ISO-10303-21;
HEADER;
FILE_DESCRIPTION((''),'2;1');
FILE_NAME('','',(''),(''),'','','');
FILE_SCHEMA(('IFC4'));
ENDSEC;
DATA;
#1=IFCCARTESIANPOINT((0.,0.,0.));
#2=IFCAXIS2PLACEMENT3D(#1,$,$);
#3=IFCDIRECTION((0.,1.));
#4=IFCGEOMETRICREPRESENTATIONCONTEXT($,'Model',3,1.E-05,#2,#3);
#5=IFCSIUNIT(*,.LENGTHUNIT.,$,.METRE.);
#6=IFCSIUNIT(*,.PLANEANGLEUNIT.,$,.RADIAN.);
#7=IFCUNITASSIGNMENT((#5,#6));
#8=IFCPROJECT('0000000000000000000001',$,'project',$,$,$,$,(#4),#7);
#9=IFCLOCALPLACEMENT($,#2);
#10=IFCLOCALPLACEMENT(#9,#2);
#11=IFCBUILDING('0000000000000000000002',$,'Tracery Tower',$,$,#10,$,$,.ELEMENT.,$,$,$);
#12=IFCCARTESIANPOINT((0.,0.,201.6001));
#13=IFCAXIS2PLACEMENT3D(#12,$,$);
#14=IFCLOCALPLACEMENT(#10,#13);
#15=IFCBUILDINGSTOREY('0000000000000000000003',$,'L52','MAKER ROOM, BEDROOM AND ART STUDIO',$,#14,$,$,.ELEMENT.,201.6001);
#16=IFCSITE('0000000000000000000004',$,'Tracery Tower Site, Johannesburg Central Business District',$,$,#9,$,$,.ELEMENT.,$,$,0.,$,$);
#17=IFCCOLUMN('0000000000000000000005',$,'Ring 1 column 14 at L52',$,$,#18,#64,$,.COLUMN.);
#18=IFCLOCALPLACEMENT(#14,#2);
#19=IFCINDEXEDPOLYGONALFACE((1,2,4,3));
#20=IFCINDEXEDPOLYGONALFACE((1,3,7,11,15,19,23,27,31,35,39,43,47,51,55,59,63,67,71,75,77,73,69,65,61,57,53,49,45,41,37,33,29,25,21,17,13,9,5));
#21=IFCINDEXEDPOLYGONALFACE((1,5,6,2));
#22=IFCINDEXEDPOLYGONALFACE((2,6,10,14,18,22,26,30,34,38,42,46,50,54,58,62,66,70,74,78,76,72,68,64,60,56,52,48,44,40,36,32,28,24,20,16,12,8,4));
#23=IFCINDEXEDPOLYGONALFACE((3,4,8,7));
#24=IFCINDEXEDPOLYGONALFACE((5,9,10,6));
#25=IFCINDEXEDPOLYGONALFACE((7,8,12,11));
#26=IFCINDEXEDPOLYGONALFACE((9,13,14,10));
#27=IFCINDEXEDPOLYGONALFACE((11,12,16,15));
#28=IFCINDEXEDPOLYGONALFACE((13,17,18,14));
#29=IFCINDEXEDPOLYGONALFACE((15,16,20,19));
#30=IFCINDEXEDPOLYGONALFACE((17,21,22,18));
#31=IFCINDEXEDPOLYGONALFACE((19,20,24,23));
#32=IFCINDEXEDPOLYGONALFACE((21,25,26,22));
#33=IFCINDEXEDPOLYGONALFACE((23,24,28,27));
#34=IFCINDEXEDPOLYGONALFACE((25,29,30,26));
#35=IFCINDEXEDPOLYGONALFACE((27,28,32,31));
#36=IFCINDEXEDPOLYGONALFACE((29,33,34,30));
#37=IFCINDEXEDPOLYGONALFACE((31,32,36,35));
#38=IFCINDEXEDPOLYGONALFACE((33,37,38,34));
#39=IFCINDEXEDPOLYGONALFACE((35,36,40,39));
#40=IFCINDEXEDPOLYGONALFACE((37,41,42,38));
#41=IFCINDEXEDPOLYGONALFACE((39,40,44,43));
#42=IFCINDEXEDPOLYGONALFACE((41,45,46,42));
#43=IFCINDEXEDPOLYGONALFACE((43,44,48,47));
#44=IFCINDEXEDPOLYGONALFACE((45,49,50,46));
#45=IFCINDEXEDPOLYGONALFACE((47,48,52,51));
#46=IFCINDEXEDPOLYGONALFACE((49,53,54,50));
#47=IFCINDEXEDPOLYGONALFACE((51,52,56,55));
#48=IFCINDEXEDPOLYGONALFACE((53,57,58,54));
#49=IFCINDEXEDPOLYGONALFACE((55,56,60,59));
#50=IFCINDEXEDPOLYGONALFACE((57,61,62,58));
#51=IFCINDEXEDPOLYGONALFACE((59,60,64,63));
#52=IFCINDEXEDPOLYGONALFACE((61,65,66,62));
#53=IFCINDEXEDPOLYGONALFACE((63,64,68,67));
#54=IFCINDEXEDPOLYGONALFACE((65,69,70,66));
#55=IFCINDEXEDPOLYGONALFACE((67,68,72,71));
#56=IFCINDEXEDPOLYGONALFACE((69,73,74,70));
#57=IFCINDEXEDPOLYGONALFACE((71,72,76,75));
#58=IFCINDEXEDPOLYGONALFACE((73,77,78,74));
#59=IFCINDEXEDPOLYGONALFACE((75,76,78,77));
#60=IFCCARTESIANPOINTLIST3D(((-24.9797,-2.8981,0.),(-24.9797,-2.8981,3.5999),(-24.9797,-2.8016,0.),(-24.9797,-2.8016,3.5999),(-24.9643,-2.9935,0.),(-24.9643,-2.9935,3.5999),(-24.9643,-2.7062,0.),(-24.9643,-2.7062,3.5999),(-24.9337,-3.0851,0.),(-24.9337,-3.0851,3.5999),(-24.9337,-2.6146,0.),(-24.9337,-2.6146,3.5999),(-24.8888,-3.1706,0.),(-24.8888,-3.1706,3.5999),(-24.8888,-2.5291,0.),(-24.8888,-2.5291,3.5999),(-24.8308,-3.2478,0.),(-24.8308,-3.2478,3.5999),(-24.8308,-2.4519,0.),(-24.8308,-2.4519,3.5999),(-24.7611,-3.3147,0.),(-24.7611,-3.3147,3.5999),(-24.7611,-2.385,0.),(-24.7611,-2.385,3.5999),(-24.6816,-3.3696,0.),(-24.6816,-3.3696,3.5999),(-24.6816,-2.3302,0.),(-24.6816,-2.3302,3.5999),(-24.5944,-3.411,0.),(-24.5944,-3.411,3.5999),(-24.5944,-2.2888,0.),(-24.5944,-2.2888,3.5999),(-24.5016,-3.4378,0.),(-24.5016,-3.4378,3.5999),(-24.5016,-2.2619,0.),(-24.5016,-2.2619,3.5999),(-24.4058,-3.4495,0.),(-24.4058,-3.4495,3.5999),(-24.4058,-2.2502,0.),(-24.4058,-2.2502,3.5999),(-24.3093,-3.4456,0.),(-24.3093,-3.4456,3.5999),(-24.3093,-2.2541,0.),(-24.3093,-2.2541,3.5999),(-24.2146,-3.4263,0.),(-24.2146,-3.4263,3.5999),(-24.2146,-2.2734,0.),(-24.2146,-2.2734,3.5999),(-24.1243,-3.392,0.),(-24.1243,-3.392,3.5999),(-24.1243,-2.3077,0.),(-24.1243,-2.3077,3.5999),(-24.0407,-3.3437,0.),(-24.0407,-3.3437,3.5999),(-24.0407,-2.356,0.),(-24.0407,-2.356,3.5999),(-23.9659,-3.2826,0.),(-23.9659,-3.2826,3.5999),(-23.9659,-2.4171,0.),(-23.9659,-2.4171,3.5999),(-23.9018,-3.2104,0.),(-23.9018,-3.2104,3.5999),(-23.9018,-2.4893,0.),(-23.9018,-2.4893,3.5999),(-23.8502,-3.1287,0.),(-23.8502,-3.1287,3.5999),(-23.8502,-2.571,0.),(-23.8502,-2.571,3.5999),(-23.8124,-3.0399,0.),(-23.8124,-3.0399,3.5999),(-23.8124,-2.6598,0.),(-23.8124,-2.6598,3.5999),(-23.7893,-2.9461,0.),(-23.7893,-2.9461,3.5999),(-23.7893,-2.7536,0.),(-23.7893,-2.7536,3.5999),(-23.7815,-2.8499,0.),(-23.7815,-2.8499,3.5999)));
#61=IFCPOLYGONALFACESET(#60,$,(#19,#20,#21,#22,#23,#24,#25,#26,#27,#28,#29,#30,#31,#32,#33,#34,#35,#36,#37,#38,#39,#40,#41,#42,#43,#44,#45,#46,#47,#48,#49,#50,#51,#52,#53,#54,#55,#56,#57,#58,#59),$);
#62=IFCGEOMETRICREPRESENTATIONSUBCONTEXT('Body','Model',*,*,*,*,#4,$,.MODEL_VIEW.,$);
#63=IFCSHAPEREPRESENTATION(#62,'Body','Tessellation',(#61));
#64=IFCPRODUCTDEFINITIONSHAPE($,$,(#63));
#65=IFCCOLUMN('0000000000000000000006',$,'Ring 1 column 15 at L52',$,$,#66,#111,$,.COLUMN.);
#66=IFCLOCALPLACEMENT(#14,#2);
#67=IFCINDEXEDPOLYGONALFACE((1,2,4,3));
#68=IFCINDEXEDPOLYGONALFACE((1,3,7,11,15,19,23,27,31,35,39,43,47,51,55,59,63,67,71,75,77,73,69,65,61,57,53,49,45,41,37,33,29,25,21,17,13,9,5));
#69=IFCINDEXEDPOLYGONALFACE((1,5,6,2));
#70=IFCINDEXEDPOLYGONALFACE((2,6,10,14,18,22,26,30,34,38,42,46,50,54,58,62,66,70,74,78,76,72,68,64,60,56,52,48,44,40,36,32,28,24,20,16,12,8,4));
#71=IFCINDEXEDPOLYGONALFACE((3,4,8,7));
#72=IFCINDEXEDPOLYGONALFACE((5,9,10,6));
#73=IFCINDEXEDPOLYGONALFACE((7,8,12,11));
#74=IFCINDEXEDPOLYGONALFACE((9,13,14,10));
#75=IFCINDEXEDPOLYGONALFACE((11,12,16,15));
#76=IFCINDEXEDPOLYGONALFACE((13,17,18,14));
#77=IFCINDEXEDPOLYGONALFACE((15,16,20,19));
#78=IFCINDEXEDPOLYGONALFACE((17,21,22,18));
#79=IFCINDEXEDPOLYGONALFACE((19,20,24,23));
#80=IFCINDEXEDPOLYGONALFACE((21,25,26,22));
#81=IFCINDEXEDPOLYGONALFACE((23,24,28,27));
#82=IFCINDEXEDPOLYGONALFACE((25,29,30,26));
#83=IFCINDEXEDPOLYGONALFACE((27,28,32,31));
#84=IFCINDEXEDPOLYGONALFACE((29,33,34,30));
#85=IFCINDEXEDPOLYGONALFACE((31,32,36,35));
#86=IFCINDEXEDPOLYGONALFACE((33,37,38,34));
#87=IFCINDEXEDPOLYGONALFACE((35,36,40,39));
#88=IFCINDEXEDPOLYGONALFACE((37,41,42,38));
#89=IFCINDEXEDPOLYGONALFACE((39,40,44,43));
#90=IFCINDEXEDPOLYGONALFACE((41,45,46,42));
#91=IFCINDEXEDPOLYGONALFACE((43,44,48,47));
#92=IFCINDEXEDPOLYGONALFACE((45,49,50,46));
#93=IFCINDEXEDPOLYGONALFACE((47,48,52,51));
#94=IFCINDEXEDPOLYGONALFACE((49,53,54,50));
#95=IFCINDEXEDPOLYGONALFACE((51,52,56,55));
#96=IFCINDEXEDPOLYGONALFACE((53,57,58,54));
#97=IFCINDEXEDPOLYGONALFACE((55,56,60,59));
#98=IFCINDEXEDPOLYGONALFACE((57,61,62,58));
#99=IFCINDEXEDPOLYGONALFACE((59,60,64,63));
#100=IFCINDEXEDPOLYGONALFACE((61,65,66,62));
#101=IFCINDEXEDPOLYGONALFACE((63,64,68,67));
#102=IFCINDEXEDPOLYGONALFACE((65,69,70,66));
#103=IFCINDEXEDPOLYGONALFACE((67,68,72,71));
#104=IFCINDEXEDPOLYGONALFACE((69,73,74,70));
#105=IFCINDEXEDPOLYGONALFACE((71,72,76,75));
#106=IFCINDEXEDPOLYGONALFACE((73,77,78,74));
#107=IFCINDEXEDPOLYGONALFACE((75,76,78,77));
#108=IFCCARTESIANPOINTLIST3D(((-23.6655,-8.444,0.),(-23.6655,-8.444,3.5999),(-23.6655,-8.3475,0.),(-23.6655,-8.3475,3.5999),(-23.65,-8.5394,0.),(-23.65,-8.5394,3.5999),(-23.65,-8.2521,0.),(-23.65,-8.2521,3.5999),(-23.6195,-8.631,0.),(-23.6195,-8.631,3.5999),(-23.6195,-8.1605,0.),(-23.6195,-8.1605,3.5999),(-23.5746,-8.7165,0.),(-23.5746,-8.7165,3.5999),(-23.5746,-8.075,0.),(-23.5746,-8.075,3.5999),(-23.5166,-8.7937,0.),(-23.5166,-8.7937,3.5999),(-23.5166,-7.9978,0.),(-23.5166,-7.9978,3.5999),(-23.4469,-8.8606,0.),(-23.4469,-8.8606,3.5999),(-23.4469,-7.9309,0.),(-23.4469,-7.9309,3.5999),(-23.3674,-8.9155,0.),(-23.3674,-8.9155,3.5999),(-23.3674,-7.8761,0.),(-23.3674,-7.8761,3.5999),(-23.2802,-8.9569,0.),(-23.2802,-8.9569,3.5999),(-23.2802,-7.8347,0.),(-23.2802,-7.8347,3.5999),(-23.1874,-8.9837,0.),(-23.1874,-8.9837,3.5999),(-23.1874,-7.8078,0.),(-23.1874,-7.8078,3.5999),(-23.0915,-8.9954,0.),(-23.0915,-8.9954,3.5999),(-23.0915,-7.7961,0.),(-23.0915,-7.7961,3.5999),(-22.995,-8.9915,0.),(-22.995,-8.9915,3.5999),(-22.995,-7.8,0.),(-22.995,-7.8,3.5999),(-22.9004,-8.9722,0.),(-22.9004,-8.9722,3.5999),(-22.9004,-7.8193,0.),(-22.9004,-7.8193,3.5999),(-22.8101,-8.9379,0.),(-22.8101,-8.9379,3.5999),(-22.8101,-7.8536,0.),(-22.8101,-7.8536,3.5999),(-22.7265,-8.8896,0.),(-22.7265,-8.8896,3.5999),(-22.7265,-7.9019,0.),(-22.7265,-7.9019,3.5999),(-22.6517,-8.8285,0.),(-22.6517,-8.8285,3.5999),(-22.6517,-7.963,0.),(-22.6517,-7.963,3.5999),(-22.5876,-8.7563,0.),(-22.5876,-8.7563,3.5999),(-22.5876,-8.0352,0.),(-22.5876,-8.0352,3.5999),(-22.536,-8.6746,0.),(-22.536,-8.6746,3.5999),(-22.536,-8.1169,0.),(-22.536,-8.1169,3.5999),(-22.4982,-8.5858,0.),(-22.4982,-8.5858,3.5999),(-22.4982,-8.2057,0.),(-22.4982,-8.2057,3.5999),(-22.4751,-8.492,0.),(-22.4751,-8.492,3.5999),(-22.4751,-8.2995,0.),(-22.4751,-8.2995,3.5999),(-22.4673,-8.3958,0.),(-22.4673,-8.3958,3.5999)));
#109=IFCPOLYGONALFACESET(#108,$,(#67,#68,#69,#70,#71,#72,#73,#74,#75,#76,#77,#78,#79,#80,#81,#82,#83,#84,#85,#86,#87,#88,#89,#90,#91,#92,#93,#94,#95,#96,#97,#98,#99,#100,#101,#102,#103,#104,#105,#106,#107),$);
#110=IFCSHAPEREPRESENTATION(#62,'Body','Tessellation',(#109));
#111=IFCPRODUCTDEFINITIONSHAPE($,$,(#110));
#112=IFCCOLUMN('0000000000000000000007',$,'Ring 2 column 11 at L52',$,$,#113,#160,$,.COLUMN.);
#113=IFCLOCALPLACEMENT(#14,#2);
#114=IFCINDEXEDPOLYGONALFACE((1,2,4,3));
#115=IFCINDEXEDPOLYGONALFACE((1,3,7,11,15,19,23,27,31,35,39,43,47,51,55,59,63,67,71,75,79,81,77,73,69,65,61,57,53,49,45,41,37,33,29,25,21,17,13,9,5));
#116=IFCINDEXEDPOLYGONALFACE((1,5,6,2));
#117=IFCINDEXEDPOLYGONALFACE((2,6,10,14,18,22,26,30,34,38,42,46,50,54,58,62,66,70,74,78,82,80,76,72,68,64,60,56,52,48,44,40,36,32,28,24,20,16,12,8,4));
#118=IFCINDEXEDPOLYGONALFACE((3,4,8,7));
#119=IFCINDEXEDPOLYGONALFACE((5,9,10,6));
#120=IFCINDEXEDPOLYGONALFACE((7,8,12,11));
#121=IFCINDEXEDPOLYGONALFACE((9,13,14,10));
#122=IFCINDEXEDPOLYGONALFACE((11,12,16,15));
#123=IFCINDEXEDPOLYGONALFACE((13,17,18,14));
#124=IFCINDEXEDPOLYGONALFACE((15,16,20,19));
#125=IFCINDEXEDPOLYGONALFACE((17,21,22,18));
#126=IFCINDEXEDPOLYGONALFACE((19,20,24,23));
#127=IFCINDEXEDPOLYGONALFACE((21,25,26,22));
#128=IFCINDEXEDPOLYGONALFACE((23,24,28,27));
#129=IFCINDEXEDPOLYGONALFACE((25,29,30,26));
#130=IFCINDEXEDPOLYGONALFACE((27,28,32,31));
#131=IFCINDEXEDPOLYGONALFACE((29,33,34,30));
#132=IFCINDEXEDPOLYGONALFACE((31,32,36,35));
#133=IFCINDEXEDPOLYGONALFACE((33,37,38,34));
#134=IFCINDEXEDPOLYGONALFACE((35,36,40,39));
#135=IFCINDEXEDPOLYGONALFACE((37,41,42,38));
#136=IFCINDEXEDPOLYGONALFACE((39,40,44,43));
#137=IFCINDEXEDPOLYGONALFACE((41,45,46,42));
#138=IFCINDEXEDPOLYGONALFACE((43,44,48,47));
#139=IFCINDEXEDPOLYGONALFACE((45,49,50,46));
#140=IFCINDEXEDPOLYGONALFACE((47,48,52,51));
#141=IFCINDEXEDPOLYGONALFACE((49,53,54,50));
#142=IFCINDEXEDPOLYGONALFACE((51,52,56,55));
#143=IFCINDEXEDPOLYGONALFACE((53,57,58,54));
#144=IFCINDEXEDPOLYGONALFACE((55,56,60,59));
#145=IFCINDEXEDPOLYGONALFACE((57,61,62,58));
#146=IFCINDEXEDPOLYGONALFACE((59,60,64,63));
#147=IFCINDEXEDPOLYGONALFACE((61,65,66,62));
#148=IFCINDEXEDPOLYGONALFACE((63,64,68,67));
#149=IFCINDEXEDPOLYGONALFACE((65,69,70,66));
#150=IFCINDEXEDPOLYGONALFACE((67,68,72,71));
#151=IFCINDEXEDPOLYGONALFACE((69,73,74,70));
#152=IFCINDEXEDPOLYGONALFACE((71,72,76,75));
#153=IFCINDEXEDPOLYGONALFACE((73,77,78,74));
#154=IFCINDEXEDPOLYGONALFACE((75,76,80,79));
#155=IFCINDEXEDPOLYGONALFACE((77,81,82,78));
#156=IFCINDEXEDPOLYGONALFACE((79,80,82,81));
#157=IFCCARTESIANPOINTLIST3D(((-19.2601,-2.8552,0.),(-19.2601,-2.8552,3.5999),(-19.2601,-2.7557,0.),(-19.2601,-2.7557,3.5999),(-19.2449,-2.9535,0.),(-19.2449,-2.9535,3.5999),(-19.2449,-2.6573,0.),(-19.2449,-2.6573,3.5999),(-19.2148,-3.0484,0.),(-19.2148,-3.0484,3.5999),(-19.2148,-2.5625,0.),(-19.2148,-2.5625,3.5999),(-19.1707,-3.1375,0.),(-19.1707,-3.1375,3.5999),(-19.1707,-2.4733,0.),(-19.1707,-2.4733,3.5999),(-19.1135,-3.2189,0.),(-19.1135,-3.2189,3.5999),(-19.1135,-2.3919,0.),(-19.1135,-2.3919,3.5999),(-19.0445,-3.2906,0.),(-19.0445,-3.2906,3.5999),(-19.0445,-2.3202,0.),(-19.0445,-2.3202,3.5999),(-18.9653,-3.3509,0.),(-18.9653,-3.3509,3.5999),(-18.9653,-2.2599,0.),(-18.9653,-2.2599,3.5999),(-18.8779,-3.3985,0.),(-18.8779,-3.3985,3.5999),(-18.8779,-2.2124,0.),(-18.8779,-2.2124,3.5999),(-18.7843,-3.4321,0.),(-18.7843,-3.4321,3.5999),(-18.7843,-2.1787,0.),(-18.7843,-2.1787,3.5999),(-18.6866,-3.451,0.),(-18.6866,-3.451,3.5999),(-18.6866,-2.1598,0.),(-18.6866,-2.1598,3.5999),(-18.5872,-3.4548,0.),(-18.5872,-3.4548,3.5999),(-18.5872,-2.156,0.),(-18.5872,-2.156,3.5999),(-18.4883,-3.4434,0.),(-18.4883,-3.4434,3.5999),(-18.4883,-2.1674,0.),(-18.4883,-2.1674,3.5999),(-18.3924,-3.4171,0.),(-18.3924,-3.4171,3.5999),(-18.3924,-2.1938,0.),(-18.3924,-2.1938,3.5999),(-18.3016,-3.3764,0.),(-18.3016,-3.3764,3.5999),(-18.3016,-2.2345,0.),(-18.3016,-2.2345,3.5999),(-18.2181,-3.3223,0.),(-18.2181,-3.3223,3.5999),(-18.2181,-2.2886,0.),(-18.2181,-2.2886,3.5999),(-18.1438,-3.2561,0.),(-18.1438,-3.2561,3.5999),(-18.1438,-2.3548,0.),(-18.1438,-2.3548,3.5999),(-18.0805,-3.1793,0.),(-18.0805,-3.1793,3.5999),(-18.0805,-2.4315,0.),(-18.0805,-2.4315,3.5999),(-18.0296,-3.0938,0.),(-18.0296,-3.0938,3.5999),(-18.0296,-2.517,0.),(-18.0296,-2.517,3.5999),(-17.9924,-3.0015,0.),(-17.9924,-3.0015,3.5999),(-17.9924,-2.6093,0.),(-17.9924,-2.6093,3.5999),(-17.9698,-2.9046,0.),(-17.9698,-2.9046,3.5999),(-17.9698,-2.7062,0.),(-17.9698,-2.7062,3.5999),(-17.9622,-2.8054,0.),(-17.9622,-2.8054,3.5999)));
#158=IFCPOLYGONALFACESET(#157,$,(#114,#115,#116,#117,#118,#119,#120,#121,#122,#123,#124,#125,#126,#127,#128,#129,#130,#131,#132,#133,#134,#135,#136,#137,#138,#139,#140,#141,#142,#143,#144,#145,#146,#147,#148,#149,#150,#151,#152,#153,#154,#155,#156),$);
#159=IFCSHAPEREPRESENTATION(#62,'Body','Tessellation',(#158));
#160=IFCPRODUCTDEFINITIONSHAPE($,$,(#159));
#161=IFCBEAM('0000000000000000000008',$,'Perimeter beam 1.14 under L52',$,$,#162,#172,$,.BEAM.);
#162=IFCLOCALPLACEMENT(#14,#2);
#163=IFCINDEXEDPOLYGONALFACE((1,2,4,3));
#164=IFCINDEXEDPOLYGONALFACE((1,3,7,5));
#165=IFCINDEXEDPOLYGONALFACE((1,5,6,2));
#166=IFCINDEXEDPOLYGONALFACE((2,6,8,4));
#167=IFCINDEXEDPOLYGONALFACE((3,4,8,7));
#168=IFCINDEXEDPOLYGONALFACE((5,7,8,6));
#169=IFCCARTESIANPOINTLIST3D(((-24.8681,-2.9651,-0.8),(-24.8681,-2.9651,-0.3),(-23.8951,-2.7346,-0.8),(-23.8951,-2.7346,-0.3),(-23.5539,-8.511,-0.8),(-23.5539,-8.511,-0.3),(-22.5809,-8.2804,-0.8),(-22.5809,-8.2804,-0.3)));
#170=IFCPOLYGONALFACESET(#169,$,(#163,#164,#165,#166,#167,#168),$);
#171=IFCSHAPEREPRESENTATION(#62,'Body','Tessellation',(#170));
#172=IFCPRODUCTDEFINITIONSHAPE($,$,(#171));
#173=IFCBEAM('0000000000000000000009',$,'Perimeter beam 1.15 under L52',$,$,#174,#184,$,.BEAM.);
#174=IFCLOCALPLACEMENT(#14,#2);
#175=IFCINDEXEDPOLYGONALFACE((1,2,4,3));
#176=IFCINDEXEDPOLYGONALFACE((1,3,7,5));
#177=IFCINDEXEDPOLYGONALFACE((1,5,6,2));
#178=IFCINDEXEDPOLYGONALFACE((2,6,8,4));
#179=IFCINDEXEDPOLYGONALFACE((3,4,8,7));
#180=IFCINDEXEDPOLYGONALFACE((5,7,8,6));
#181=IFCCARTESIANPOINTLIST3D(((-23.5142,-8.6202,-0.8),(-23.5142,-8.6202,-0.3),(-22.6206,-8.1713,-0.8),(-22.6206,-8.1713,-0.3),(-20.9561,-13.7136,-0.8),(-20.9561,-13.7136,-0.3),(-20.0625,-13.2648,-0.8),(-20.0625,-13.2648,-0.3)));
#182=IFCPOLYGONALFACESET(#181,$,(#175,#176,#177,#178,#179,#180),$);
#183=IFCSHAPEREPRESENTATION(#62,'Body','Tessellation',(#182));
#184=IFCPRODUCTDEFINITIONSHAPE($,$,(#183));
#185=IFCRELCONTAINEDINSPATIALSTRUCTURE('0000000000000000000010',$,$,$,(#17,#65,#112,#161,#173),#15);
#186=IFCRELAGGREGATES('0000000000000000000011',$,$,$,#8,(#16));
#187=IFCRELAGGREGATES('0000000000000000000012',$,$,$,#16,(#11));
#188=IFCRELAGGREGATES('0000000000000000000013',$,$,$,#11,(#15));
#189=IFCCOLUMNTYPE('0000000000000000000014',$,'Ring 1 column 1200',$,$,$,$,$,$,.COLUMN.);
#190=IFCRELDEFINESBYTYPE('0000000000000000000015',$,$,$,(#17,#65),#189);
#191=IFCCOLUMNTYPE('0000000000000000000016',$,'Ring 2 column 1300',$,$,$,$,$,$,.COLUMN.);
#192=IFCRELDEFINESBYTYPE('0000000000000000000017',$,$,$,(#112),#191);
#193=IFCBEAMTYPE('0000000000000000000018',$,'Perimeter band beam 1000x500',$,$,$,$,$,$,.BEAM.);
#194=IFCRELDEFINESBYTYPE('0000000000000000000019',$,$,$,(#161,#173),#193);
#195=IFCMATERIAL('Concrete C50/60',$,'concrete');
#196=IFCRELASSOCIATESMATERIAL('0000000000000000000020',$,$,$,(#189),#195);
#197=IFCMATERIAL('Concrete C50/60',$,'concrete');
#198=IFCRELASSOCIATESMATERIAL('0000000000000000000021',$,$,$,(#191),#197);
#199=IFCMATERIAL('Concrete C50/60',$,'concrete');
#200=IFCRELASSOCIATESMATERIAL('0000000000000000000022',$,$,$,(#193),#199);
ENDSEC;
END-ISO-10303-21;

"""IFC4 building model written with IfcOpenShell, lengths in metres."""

from ifc_helpers import new_model, si_unit, direction, frame, origin, origin_2d, place, context, subcontext, project, spatial, rectangle, circle, extrude, material, material_profile, profile_set, type_object, element, save


model = new_model("IFC4")

# Units and contexts
model_context = context("Model", 3, precision=1e-05, world=origin(), true_north=direction((0.0, 1.0)))
body_context = subcontext(model_context, "Body", "Model", "MODEL_VIEW")
ifc_project = project(units=[si_unit("LENGTHUNIT", "METRE"), si_unit("PLANEANGLEUNIT", "RADIAN")], contexts=[model_context])

# Site, building, storey
site_placement = place(None, origin())
site = spatial("IfcSite", under=ifc_project, at=site_placement, Name="Tracery Tower Site, Johannesburg Central Business District", CompositionType="ELEMENT", RefElevation=0.0)
building_placement = place(site_placement, origin())
building = spatial("IfcBuilding", under=site, at=building_placement, Name="Tracery Tower", CompositionType="ELEMENT")
storey_placement = place(building_placement, frame((0.0, 0.0, 201.6001)))
storey = spatial("IfcBuildingStorey", under=building, at=storey_placement, Name="L52", Description="MAKER ROOM, BEDROOM AND ART STUDIO", CompositionType="ELEMENT", Elevation=201.6001)

# Columns
ifc_material_1 = material(Name="Concrete C50/60", Category="concrete")
ifc_material_profile_1 = material_profile(ifc_material_1, circle(Radius=0.6001, at=origin_2d()), Name="RC D1200")
ifc_profile_set_1 = profile_set([ifc_material_profile_1], Name="Concrete C50/60")
column_type_1 = type_object("IfcColumnType", Name="Ring 1 column 1200", PredefinedType="COLUMN", material=ifc_profile_set_1)
for number, where, z_axis, x_axis, name in (
    (1, (-24.3816, -2.8499, 0.0), (0.0, 0.0, 1.0), (1.0, 0.0, 0.0), "Ring 1 column 14 at L52"),
    (2, (-23.0674, -8.3958, 0.0), (0.0, 0.0, 1.0), (1.0, 0.0, 0.0), "Ring 1 column 15 at L52"),
):
    element("IfcColumn", number, at=place(storey_placement, frame(where, z_axis=z_axis, x_axis=x_axis)), inside=storey, type_object=column_type_1, Name=name, PredefinedType="COLUMN", context=body_context, shape_type="SweptSolid", body=[
        extrude(circle(Radius=0.6001, at=origin_2d()), origin(), (0.0, 0.0, 1.0), 3.5999),
    ])
ifc_material_2 = material(Name="Concrete C50/60", Category="concrete")
ifc_material_profile_2 = material_profile(ifc_material_2, circle(Radius=0.6499, at=origin_2d()), Name="RC D1300")
ifc_profile_set_2 = profile_set([ifc_material_profile_2], Name="Concrete C50/60")
column_type_2 = type_object("IfcColumnType", Name="Ring 2 column 1300", PredefinedType="COLUMN", material=ifc_profile_set_2)
column_placement = place(storey_placement, frame((-18.6121, -2.8054, 0.0), z_axis=(0.0, 0.0, 1.0), x_axis=(1.0, 0.0, 0.0)))
element("IfcColumn", 3, at=column_placement, inside=storey, type_object=column_type_2, Name="Ring 2 column 11 at L52", PredefinedType="COLUMN", context=body_context, shape_type="SweptSolid", body=[
    extrude(circle(Radius=0.6499, at=origin_2d()), origin(), (0.0, 0.0, 1.0), 3.5999),
])

# Beams
ifc_material_3 = material(Name="Concrete C50/60", Category="concrete")
ifc_material_profile_3 = material_profile(ifc_material_3, rectangle(XDim=1.0, YDim=0.5, at=origin_2d()), Name="RC 1000x500")
ifc_profile_set_3 = profile_set([ifc_material_profile_3], Name="Concrete C50/60")
beam_type = type_object("IfcBeamType", Name="Perimeter band beam 1000x500", PredefinedType="BEAM", material=ifc_profile_set_3)
beam_1_placement = place(storey_placement, frame((-24.3816, -2.8499, -0.55), z_axis=(0.230584, -0.973052, 0.0), x_axis=(0.973052, 0.230584, 0.0)))
element("IfcBeam", 4, at=beam_1_placement, inside=storey, type_object=beam_type, Name="Perimeter beam 1.14 under L52", PredefinedType="BEAM", context=body_context, shape_type="SweptSolid", body=[
    extrude(rectangle(XDim=1.0, YDim=0.5, at=origin_2d()), origin(), (0.0, 0.0, 1.0), 5.6995),
])
beam_2_placement = place(storey_placement, frame((-23.0674, -8.3958, -0.55), z_axis=(0.448806, -0.893629, 0.0), x_axis=(0.893629, 0.448806, 0.0)))
element("IfcBeam", 5, at=beam_2_placement, inside=storey, type_object=beam_type, Name="Perimeter beam 1.15 under L52", PredefinedType="BEAM", context=body_context, shape_type="SweptSolid", body=[
    extrude(rectangle(XDim=1.0, YDim=0.5, at=origin_2d()), origin(), (0.0, 0.0, 1.0), 5.6997),
])

save(model, "model.ifc")
